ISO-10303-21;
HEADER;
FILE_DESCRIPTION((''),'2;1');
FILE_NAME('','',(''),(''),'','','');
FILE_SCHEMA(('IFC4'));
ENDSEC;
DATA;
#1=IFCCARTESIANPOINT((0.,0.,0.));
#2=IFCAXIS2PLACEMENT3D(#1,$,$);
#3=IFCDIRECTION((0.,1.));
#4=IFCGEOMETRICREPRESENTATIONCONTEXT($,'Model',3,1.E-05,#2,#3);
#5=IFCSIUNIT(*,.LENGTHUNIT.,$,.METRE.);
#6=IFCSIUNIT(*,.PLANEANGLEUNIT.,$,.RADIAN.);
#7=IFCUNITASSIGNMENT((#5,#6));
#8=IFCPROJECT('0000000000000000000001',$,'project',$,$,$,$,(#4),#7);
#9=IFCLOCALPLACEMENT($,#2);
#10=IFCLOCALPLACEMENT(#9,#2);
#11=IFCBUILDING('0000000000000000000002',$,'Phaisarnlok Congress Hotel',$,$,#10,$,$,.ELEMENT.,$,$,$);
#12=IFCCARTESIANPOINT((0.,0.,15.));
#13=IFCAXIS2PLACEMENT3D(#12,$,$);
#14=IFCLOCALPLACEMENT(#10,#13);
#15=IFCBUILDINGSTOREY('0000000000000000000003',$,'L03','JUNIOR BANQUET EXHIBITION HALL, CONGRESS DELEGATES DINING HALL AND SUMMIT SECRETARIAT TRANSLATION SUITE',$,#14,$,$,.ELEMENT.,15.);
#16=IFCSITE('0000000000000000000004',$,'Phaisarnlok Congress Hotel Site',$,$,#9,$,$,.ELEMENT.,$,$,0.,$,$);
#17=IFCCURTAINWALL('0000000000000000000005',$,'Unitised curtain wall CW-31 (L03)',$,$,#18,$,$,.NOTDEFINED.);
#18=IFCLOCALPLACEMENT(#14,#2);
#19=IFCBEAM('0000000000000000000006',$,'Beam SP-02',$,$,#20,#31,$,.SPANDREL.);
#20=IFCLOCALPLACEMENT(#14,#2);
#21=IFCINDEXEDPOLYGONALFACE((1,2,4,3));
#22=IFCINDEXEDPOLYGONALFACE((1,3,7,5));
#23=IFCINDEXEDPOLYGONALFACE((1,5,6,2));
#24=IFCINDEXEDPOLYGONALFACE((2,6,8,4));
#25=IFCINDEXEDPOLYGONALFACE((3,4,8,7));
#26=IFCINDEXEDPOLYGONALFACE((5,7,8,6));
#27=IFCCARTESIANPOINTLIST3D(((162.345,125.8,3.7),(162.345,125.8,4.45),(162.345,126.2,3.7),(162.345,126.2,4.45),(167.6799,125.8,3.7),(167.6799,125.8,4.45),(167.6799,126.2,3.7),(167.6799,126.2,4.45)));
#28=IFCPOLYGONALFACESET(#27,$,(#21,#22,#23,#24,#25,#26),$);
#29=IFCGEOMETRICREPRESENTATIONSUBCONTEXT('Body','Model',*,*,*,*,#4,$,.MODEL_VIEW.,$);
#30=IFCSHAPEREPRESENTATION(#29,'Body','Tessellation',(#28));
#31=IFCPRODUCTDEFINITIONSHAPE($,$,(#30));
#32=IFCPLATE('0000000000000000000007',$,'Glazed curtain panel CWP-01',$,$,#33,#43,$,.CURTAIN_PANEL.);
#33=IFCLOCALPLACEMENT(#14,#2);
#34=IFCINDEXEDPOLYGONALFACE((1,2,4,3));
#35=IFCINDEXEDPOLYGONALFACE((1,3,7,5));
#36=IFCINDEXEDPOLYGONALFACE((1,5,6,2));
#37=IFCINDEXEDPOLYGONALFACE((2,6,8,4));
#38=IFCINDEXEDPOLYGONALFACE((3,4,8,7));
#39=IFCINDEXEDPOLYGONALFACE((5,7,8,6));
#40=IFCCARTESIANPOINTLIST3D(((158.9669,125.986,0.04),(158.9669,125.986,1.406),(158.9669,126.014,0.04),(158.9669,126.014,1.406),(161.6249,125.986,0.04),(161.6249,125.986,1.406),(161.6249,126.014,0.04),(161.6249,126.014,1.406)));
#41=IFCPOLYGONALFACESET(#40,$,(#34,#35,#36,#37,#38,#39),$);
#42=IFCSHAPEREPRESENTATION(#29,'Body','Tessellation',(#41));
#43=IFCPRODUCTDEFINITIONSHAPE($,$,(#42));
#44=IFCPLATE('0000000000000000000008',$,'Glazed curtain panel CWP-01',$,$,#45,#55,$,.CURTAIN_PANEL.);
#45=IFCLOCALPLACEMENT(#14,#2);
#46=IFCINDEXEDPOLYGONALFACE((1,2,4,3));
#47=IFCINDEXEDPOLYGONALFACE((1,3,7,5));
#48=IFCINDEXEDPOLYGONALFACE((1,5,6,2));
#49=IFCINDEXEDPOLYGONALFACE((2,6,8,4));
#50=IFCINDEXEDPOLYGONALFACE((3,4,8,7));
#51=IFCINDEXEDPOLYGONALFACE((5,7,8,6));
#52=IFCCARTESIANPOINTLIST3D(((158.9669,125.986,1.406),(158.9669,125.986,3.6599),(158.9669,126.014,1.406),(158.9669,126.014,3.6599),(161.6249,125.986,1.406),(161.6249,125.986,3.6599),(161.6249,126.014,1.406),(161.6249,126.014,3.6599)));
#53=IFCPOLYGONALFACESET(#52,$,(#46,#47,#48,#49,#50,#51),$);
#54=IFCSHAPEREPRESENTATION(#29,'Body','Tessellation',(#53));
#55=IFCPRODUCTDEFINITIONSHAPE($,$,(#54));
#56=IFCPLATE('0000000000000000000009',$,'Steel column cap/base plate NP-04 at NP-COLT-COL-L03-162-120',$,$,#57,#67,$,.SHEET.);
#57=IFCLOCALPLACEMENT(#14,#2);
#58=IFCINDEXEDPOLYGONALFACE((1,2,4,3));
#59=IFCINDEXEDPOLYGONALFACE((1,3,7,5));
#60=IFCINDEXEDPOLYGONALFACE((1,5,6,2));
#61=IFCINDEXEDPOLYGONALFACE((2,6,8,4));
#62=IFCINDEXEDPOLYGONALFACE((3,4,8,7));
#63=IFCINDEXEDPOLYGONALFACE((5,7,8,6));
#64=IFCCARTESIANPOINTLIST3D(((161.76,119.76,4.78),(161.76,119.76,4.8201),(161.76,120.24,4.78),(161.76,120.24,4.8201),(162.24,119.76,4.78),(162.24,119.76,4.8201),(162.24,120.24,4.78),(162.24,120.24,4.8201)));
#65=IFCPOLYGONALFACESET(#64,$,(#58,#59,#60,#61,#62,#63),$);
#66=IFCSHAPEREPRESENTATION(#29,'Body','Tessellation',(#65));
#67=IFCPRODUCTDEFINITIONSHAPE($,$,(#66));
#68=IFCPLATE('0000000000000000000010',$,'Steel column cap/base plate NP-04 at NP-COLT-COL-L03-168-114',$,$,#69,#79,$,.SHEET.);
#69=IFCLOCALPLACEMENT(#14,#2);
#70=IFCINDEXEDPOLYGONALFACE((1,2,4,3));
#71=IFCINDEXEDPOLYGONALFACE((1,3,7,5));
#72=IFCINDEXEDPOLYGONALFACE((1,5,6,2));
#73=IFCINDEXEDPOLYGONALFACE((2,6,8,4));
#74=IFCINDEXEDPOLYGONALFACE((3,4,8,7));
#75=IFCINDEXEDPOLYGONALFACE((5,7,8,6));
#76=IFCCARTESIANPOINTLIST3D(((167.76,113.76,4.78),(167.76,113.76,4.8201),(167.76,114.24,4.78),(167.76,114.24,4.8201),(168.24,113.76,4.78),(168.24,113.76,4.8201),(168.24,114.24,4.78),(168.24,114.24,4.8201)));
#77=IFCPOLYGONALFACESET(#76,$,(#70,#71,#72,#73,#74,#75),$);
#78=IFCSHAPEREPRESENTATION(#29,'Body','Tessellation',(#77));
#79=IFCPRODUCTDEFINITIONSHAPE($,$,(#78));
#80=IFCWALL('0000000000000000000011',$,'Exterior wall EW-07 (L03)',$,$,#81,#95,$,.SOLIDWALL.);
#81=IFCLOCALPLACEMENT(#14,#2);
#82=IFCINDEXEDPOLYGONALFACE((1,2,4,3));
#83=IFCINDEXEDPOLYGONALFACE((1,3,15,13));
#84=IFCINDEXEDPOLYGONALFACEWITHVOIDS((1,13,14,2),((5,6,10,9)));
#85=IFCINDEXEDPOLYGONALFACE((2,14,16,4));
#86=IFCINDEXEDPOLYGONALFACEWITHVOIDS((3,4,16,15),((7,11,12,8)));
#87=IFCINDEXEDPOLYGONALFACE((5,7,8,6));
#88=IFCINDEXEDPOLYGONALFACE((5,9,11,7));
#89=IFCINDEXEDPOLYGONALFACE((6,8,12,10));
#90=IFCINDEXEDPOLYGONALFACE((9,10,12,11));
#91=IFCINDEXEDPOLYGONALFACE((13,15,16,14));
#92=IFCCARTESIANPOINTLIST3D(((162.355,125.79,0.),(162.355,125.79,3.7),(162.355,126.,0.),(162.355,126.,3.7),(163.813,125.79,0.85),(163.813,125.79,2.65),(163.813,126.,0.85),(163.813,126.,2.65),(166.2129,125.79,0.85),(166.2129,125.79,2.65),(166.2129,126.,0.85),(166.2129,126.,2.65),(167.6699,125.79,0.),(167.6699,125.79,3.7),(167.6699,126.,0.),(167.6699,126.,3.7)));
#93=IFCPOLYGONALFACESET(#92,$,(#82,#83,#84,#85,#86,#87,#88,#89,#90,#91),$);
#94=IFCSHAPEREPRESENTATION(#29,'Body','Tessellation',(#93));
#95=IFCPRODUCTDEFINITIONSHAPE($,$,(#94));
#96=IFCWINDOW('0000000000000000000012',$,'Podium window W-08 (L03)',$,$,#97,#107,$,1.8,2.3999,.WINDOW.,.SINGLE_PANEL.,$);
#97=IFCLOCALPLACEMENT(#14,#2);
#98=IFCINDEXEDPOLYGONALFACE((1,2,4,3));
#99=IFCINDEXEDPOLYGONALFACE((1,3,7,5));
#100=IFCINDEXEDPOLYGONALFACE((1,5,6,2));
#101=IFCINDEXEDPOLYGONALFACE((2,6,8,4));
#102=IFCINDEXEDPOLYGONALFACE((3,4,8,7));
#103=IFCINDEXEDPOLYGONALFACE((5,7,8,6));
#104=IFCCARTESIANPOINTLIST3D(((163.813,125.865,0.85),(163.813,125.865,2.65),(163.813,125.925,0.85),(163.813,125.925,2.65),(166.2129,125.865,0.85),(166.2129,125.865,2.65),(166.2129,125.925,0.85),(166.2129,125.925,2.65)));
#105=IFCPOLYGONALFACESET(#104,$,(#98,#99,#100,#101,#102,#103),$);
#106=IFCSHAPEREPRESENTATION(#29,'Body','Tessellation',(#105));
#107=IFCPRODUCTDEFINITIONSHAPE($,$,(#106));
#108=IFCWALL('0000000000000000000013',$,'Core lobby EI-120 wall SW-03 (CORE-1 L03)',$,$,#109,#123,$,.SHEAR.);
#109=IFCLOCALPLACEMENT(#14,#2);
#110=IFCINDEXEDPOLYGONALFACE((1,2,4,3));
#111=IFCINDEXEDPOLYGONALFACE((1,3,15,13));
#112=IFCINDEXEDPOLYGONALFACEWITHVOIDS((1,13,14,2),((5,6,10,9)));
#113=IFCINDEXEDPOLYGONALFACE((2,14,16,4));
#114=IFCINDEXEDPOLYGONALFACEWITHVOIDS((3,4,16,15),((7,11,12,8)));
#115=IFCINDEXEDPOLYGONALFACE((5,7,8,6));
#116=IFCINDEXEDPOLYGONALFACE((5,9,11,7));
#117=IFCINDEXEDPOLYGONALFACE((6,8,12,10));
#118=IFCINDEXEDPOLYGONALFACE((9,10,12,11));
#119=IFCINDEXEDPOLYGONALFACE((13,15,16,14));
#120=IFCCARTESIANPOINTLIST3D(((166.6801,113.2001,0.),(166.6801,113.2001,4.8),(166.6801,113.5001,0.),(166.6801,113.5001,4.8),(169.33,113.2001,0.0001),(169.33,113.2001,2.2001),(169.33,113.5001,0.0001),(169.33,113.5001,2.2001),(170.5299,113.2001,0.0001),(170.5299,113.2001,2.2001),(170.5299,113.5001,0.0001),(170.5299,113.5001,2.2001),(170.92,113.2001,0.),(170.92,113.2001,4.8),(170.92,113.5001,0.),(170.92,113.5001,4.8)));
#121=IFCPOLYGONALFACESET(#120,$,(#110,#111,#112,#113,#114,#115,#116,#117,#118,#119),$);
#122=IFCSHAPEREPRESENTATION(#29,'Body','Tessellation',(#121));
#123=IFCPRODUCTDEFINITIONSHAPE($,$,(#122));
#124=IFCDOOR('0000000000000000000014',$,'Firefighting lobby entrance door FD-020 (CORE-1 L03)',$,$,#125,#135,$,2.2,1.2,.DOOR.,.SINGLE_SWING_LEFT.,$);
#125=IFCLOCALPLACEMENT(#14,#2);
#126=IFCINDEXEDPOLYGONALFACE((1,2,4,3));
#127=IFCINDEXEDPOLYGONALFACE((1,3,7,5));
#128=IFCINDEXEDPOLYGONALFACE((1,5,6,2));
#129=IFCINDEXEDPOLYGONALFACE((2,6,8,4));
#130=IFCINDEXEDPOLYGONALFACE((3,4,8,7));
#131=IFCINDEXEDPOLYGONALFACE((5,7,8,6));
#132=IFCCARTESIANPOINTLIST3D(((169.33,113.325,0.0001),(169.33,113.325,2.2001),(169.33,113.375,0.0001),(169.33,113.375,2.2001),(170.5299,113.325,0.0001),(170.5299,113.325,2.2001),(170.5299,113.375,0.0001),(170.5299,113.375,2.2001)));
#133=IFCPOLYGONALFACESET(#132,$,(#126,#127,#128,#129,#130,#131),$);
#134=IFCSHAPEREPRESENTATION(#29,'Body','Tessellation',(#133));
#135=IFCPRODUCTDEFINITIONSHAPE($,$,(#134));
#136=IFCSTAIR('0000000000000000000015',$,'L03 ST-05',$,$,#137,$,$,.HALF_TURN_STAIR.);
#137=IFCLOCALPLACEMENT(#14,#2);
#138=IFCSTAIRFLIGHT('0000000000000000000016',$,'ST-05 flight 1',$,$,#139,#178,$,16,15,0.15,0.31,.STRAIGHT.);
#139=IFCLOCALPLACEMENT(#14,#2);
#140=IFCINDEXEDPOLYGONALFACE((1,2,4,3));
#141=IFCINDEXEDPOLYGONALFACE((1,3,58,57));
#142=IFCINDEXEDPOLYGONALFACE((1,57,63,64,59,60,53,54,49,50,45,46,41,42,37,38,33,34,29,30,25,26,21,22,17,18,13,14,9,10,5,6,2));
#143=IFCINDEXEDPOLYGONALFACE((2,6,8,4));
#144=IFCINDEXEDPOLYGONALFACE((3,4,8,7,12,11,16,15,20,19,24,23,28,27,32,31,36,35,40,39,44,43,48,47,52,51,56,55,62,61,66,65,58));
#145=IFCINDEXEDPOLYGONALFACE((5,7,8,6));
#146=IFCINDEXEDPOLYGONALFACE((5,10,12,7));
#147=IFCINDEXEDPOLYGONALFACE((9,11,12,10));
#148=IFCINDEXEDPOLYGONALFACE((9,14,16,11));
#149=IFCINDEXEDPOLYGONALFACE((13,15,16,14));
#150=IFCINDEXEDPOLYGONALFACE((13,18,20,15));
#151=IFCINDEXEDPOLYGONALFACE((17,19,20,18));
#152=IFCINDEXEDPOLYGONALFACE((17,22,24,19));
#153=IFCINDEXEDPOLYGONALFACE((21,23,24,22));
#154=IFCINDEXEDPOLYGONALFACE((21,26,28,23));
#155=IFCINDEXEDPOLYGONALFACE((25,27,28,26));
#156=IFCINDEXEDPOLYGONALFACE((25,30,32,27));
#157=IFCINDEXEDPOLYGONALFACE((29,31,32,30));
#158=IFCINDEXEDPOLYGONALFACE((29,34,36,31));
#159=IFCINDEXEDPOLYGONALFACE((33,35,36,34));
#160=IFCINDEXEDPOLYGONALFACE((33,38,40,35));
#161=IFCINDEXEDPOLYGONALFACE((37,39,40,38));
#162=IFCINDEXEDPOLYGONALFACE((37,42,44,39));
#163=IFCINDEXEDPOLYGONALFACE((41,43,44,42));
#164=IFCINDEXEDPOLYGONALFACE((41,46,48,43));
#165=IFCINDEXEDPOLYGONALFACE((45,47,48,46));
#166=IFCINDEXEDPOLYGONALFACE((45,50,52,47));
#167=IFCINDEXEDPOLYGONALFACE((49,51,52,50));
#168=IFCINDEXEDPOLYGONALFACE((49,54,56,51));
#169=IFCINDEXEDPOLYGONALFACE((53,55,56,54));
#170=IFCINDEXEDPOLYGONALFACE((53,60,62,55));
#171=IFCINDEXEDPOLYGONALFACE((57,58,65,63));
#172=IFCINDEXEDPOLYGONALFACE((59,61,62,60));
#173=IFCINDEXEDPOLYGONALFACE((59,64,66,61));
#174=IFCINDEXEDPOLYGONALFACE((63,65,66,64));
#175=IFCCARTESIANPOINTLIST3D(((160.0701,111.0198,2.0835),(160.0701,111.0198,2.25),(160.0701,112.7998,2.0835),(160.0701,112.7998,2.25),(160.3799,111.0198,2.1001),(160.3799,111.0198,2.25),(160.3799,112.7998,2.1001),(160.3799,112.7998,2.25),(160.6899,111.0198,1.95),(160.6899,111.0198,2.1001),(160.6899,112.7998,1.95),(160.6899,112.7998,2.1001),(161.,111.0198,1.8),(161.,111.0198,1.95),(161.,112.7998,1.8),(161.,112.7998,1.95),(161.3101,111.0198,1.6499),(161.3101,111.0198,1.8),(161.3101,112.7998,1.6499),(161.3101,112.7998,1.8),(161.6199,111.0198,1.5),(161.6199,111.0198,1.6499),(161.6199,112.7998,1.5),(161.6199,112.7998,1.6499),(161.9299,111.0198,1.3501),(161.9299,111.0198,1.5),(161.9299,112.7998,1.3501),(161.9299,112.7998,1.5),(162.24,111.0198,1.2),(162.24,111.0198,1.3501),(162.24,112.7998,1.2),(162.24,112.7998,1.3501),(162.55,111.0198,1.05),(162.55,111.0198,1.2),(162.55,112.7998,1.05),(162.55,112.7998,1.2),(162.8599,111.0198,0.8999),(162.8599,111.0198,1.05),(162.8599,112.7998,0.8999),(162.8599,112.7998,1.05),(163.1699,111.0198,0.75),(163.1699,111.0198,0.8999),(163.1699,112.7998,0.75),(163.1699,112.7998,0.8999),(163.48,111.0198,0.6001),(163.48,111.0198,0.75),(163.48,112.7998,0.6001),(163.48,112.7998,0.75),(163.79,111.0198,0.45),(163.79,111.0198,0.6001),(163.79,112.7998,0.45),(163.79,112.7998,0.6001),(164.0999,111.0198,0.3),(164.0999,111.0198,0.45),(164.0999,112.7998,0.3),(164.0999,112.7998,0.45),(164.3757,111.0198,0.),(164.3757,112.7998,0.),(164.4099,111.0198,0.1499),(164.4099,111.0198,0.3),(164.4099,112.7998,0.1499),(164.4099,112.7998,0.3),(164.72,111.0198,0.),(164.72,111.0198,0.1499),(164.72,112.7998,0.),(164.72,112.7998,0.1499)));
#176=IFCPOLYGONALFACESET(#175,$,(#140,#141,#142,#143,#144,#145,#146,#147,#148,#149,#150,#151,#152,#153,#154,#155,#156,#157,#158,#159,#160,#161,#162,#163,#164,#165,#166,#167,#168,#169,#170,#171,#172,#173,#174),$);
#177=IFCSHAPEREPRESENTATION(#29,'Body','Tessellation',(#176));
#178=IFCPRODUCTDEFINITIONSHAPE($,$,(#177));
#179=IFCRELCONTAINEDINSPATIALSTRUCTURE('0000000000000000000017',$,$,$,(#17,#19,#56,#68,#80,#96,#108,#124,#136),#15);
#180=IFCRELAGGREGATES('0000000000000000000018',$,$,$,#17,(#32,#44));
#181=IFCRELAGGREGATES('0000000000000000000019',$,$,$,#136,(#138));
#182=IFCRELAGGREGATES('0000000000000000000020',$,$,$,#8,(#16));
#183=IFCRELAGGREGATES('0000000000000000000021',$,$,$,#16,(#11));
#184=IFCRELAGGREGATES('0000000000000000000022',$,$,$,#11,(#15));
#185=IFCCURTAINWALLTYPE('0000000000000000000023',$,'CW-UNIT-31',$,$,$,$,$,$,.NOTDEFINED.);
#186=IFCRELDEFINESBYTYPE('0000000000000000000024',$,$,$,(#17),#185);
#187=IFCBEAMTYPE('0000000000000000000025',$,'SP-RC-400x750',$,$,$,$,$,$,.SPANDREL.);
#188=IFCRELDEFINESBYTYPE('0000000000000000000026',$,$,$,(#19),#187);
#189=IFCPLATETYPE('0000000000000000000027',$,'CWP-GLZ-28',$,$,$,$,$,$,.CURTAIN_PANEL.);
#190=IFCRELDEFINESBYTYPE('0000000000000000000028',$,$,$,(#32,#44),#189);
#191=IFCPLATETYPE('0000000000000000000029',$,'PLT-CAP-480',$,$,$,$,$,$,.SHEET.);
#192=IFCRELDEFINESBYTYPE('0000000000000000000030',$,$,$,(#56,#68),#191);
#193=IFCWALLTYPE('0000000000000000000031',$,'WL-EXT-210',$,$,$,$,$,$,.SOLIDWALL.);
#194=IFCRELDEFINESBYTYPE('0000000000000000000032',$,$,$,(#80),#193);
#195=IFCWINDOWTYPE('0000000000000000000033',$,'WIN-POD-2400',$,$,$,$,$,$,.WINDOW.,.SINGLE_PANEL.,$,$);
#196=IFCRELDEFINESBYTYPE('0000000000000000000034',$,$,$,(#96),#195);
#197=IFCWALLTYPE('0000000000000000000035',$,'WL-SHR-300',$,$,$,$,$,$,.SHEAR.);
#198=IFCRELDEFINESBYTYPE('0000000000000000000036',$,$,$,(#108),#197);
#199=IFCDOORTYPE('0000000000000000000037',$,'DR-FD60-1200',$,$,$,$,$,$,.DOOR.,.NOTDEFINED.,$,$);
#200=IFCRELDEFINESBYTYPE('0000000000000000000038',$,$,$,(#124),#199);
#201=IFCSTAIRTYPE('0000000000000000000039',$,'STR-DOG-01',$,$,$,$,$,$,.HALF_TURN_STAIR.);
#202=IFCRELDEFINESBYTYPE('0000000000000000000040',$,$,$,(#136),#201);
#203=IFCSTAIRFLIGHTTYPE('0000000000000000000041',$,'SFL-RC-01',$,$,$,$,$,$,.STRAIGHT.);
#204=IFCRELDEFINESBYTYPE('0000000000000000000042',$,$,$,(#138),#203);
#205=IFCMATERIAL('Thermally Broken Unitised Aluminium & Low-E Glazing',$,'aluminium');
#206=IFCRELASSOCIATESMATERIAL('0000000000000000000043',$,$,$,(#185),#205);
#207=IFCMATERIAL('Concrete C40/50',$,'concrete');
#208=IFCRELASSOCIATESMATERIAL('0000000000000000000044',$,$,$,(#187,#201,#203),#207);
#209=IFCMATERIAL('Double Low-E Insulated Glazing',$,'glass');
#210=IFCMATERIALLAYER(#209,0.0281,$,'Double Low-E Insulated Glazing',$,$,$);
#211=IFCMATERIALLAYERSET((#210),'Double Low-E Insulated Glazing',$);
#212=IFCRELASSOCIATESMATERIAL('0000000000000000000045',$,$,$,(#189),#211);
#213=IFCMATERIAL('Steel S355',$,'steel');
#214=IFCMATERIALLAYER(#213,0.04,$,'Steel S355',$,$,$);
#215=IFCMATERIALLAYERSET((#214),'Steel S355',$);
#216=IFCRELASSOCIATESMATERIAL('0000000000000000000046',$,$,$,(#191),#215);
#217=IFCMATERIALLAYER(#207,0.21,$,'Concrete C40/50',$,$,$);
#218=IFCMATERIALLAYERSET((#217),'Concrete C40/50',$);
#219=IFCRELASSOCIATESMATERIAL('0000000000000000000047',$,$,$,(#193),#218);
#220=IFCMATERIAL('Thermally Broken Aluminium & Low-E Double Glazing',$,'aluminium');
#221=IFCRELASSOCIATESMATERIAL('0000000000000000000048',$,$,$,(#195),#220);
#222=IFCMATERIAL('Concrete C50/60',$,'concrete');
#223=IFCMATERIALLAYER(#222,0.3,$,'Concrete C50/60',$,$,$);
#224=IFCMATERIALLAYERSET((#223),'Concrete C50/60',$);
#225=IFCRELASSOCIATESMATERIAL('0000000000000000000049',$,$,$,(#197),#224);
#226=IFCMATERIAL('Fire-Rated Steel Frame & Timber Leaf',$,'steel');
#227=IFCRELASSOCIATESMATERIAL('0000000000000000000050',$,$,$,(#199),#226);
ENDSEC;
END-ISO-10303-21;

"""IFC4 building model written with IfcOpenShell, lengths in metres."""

from ifc_helpers import new_model, si_unit, direction, frame, frame_2d, origin, origin_2d, place, context, subcontext, project, spatial, polyline, rectangle, outline, extrude, material, layer, layer_set, material_profile, profile_set, type_object, element, fill, aggregate, save


model = new_model("IFC4")

# Units and contexts
model_context = context("Model", 3, precision=1e-05, world=origin(), true_north=direction((0.0, 1.0)))
body_context = subcontext(model_context, "Body", "Model", "MODEL_VIEW")
ifc_project = project(units=[si_unit("LENGTHUNIT", "METRE"), si_unit("PLANEANGLEUNIT", "RADIAN")], contexts=[model_context])

# Site, building, storey
site_placement = place(None, origin())
site = spatial("IfcSite", under=ifc_project, at=site_placement, Name="Phaisarnlok Congress Hotel Site", CompositionType="ELEMENT", RefElevation=0.0)
building_placement = place(site_placement, origin())
building = spatial("IfcBuilding", under=site, at=building_placement, Name="Phaisarnlok Congress Hotel", CompositionType="ELEMENT")
storey_placement = place(building_placement, frame((0.0, 0.0, 15.0)))
storey = spatial("IfcBuildingStorey", under=building, at=storey_placement, Name="L03", Description="JUNIOR BANQUET EXHIBITION HALL, CONGRESS DELEGATES DINING HALL AND SUMMIT SECRETARIAT TRANSLATION SUITE", CompositionType="ELEMENT", Elevation=15.0)

# Shared definitions
ifc_material_1 = material(Name="Concrete C50/60", Category="concrete")
ifc_material_2 = material(Name="Steel S355", Category="steel")

# Shared definitions
ifc_material_3 = material(Name="Concrete C40/50", Category="concrete")

# Curtain wall
ifc_material_4 = material(Name="Thermally Broken Unitised Aluminium & Low-E Glazing", Category="aluminium")
curtain_wall_type = type_object("IfcCurtainWallType", Name="CW-UNIT-31", PredefinedType="NOTDEFINED", material=ifc_material_4)
curtain_wall_placement = place(storey_placement, origin())
curtain_wall = element("IfcCurtainWall", 1, at=curtain_wall_placement, inside=storey, type_object=curtain_wall_type, Name="Unitised curtain wall CW-31 (L03)", PredefinedType="NOTDEFINED")

# Beam
ifc_material_profile_1 = material_profile(ifc_material_3, rectangle(XDim=0.3999, YDim=0.75, at=origin_2d()), Name="RC 400x750")
ifc_profile_set_1 = profile_set([ifc_material_profile_1], Name="Concrete C40/50")
beam_type_1 = type_object("IfcBeamType", Name="SP-RC-400x750", PredefinedType="SPANDREL", material=ifc_profile_set_1)
beam_1_placement = place(storey_placement, frame((162.345, 126.0, 4.075), z_axis=(1.0, 0.0, 0.0), x_axis=(0.0, 1.0, 0.0)))
element("IfcBeam", 2, at=beam_1_placement, inside=storey, type_object=beam_type_1, Name="Beam SP-02", PredefinedType="SPANDREL", context=body_context, shape_type="SweptSolid", body=[
    extrude(rectangle(XDim=0.3999, YDim=0.75, at=origin_2d()), origin(), (0.0, 0.0, 1.0), 5.335),
])

# Plates
ifc_material_5 = material(Name="Double Low-E Insulated Glazing", Category="glass")
ifc_layer_1 = layer(ifc_material_5, 0.0281, Name="Double Low-E Insulated Glazing")
ifc_layer_set_1 = layer_set([ifc_layer_1], Name="Double Low-E Insulated Glazing")
plate_type_1 = type_object("IfcPlateType", Name="CWP-GLZ-28", PredefinedType="CURTAIN_PANEL", material=ifc_layer_set_1)
plate_1_placement = place(storey_placement, frame((161.625, 126.0, 0.04), z_axis=(0.0, 0.0, 1.0), x_axis=(-1.0, 0.0, 0.0)))
plate_1 = element("IfcPlate", 3, at=plate_1_placement, type_object=plate_type_1, Name="Glazed curtain panel CWP-01", PredefinedType="CURTAIN_PANEL", context=body_context, shape_type="SweptSolid", body=[
    extrude(rectangle(XDim=2.658, YDim=0.0281, at=frame_2d((1.3291, 0.0))), origin(), (0.0, 0.0, 1.0), 1.366),
])
plate_2_placement = place(storey_placement, frame((161.625, 126.0, 1.406), z_axis=(0.0, 0.0, 1.0), x_axis=(-1.0, 0.0, 0.0)))
plate_2 = element("IfcPlate", 4, at=plate_2_placement, type_object=plate_type_1, Name="Glazed curtain panel CWP-01", PredefinedType="CURTAIN_PANEL", context=body_context, shape_type="SweptSolid", body=[
    extrude(rectangle(XDim=2.658, YDim=0.0281, at=frame_2d((1.3291, 0.0))), origin(), (0.0, 0.0, 1.0), 2.2539),
])
aggregate(curtain_wall, [plate_1, plate_2])

# Plates
ifc_layer_2 = layer(ifc_material_2, 0.04, Name="Steel S355")
ifc_layer_set_2 = layer_set([ifc_layer_2], Name="Steel S355")
plate_type_2 = type_object("IfcPlateType", Name="PLT-CAP-480", PredefinedType="SHEET", material=ifc_layer_set_2)
for number, where, z_axis, x_axis, name in (
    (5, (162.0, 120.0, 4.78), (0.0, 0.0, 1.0), (1.0, 0.0, 0.0), "Steel column cap/base plate NP-04 at NP-COLT-COL-L03-162-120"),
    (6, (168.0, 114.0, 4.78), (0.0, 0.0, 1.0), (1.0, 0.0, 0.0), "Steel column cap/base plate NP-04 at NP-COLT-COL-L03-168-114"),
):
    element("IfcPlate", number, at=place(storey_placement, frame(where, z_axis=z_axis, x_axis=x_axis)), inside=storey, type_object=plate_type_2, Name=name, PredefinedType="SHEET", context=body_context, shape_type="SweptSolid", body=[
        extrude(rectangle(XDim=0.48, YDim=0.48, at=origin_2d()), origin(), (0.0, 0.0, 1.0), 0.04),
    ])

# Wall, opening, window
ifc_layer_3 = layer(ifc_material_3, 0.21, Name="Concrete C40/50")
ifc_layer_set_3 = layer_set([ifc_layer_3], Name="Concrete C40/50")
wall_type_1 = type_object("IfcWallType", Name="WL-EXT-210", PredefinedType="SOLIDWALL", material=ifc_layer_set_3)
wall_1_placement = place(storey_placement, frame((167.6699, 125.895, 0.0), z_axis=(0.0, 0.0, 1.0), x_axis=(-1.0, 0.0, 0.0)))
wall_1 = element("IfcWall", 7, at=wall_1_placement, inside=storey, type_object=wall_type_1, Name="Exterior wall EW-07 (L03)", PredefinedType="SOLIDWALL", context=body_context, shape_type="SweptSolid", body=[
    extrude(rectangle(XDim=5.3149, YDim=0.21, at=frame_2d((2.6575, 0.0))), origin(), (0.0, 0.0, 1.0), 3.7),
])
opening_1_placement = place(wall_1_placement, frame((1.457, 0.0, 0.8501)))
opening_1 = element("IfcOpeningElement", 8, at=opening_1_placement, cuts=wall_1, PredefinedType="OPENING", context=body_context, shape_type="SweptSolid", body=[
    extrude(rectangle(XDim=2.3999, YDim=1.8, at=frame_2d((1.2, 0.8999))), frame((0.0, 0.115, 0.0), z_axis=(0.0, -1.0, 0.0), x_axis=(1.0, 0.0, 0.0)), (0.0, 0.0, 1.0), 0.23),
])
ifc_material_6 = material(Name="Thermally Broken Aluminium & Low-E Double Glazing", Category="aluminium")
window_type = type_object("IfcWindowType", Name="WIN-POD-2400", PartitioningType="SINGLE_PANEL", PredefinedType="WINDOW", material=ifc_material_6)
window_placement = place(opening_1_placement, origin())
window = element("IfcWindow", 9, at=window_placement, inside=storey, type_object=window_type, Name="Podium window W-08 (L03)", OverallHeight=1.8, OverallWidth=2.3999, PartitioningType="SINGLE_PANEL", PredefinedType="WINDOW", context=body_context, shape_type="SweptSolid", body=[
    extrude(rectangle(XDim=2.3999, YDim=1.8, at=frame_2d((1.2, 0.8999))), frame((0.0, 0.03, 0.0), z_axis=(0.0, -1.0, 0.0), x_axis=(1.0, 0.0, 0.0)), (0.0, 0.0, 1.0), 0.0601),
])
fill(opening_1, window)

# Wall, opening, door
ifc_layer_4 = layer(ifc_material_1, 0.3, Name="Concrete C50/60")
ifc_layer_set_4 = layer_set([ifc_layer_4], Name="Concrete C50/60")
wall_type_2 = type_object("IfcWallType", Name="WL-SHR-300", PredefinedType="SHEAR", material=ifc_layer_set_4)
wall_2_placement = place(storey_placement, frame((166.6799, 113.3501, 0.0), z_axis=(0.0, 0.0, 1.0), x_axis=(1.0, 0.0, 0.0)))
wall_2 = element("IfcWall", 10, at=wall_2_placement, inside=storey, type_object=wall_type_2, Name="Core lobby EI-120 wall SW-03 (CORE-1 L03)", PredefinedType="SHEAR", context=body_context, shape_type="SweptSolid", body=[
    extrude(rectangle(XDim=4.24, YDim=0.3, at=frame_2d((2.1201, 0.0))), origin(), (0.0, 0.0, 1.0), 4.8),
])
opening_2_placement = place(wall_2_placement, frame((2.6499, 0.0, 0.0)))
opening_2 = element("IfcOpeningElement", 11, at=opening_2_placement, cuts=wall_2, PredefinedType="OPENING", context=body_context, shape_type="SweptSolid", body=[
    extrude(rectangle(XDim=1.2, YDim=2.2, at=frame_2d((0.6001, 1.1001))), frame((0.0, 0.1602, 0.0), z_axis=(0.0, -1.0, 0.0), x_axis=(1.0, 0.0, 0.0)), (0.0, 0.0, 1.0), 0.3201),
])
ifc_material_7 = material(Name="Fire-Rated Steel Frame & Timber Leaf", Category="steel")
door_type = type_object("IfcDoorType", Name="DR-FD60-1200", OperationType="NOTDEFINED", PredefinedType="DOOR", material=ifc_material_7)
door_placement = place(opening_2_placement, origin())
door = element("IfcDoor", 12, at=door_placement, inside=storey, type_object=door_type, Name="Firefighting lobby entrance door FD-020 (CORE-1 L03)", OperationType="SINGLE_SWING_LEFT", OverallHeight=2.2, OverallWidth=1.2, PredefinedType="DOOR", context=body_context, shape_type="SweptSolid", body=[
    extrude(rectangle(XDim=1.2, YDim=2.2, at=frame_2d((0.6001, 1.1001))), frame((0.0, 0.0249, 0.0), z_axis=(0.0, -1.0, 0.0), x_axis=(1.0, 0.0, 0.0)), (0.0, 0.0, 1.0), 0.05),
])
fill(opening_2, door)

# Stair, stair flight
stair_type = type_object("IfcStairType", Name="STR-DOG-01", PredefinedType="HALF_TURN_STAIR", material=ifc_material_3)
stair_placement = place(storey_placement, origin())
stair = element("IfcStair", 13, at=stair_placement, inside=storey, type_object=stair_type, Name="L03 ST-05", PredefinedType="HALF_TURN_STAIR")
stair_flight_type = type_object("IfcStairFlightType", Name="SFL-RC-01", PredefinedType="STRAIGHT", material=ifc_material_3)
stair_flight_placement = place(storey_placement, frame((164.72, 111.9099, 0.0), z_axis=(0.0, 0.0, 1.0), x_axis=(-1.0, 0.0, 0.0)))
stair_flight = element("IfcStairFlight", 14, at=stair_flight_placement, type_object=stair_flight_type, Name="ST-05 flight 1", NumberOfRisers=16, NumberOfTreads=15, PredefinedType="STRAIGHT", RiserHeight=0.15, TreadLength=0.31, context=body_context, shape_type="SweptSolid", body=[
    extrude(outline(polyline([(0.0, 0.0), (0.0, 0.1499), (0.3101, 0.1499), (0.3101, 0.3), (0.6201, 0.3), (0.6201, 0.45), (0.9299, 0.45), (0.9299, 0.6001), (1.24, 0.6001), (1.24, 0.75), (1.55, 0.75), (1.55, 0.8999), (1.8601, 0.8999), (1.8601, 1.05), (2.1699, 1.05), (2.1699, 1.2), (2.48, 1.2), (2.48, 1.3501), (2.79, 1.3501), (2.79, 1.5), (3.1001, 1.5), (3.1001, 1.6499), (3.4099, 1.6499), (3.4099, 1.8), (3.72, 1.8), (3.72, 1.95), (4.03, 1.95), (4.03, 2.1001), (4.3401, 2.1001), (4.3401, 2.25), (4.6499, 2.25), (4.6499, 2.3999), (4.6499, 2.0835), (0.3442, 0.0), (0.0, 0.0)])), frame((0.0, 0.8901, 0.0), z_axis=(0.0, -1.0, 0.0), x_axis=(1.0, 0.0, 0.0)), (0.0, 0.0, 1.0), 1.78),
])
aggregate(stair, [stair_flight])

save(model, "model.ifc")
